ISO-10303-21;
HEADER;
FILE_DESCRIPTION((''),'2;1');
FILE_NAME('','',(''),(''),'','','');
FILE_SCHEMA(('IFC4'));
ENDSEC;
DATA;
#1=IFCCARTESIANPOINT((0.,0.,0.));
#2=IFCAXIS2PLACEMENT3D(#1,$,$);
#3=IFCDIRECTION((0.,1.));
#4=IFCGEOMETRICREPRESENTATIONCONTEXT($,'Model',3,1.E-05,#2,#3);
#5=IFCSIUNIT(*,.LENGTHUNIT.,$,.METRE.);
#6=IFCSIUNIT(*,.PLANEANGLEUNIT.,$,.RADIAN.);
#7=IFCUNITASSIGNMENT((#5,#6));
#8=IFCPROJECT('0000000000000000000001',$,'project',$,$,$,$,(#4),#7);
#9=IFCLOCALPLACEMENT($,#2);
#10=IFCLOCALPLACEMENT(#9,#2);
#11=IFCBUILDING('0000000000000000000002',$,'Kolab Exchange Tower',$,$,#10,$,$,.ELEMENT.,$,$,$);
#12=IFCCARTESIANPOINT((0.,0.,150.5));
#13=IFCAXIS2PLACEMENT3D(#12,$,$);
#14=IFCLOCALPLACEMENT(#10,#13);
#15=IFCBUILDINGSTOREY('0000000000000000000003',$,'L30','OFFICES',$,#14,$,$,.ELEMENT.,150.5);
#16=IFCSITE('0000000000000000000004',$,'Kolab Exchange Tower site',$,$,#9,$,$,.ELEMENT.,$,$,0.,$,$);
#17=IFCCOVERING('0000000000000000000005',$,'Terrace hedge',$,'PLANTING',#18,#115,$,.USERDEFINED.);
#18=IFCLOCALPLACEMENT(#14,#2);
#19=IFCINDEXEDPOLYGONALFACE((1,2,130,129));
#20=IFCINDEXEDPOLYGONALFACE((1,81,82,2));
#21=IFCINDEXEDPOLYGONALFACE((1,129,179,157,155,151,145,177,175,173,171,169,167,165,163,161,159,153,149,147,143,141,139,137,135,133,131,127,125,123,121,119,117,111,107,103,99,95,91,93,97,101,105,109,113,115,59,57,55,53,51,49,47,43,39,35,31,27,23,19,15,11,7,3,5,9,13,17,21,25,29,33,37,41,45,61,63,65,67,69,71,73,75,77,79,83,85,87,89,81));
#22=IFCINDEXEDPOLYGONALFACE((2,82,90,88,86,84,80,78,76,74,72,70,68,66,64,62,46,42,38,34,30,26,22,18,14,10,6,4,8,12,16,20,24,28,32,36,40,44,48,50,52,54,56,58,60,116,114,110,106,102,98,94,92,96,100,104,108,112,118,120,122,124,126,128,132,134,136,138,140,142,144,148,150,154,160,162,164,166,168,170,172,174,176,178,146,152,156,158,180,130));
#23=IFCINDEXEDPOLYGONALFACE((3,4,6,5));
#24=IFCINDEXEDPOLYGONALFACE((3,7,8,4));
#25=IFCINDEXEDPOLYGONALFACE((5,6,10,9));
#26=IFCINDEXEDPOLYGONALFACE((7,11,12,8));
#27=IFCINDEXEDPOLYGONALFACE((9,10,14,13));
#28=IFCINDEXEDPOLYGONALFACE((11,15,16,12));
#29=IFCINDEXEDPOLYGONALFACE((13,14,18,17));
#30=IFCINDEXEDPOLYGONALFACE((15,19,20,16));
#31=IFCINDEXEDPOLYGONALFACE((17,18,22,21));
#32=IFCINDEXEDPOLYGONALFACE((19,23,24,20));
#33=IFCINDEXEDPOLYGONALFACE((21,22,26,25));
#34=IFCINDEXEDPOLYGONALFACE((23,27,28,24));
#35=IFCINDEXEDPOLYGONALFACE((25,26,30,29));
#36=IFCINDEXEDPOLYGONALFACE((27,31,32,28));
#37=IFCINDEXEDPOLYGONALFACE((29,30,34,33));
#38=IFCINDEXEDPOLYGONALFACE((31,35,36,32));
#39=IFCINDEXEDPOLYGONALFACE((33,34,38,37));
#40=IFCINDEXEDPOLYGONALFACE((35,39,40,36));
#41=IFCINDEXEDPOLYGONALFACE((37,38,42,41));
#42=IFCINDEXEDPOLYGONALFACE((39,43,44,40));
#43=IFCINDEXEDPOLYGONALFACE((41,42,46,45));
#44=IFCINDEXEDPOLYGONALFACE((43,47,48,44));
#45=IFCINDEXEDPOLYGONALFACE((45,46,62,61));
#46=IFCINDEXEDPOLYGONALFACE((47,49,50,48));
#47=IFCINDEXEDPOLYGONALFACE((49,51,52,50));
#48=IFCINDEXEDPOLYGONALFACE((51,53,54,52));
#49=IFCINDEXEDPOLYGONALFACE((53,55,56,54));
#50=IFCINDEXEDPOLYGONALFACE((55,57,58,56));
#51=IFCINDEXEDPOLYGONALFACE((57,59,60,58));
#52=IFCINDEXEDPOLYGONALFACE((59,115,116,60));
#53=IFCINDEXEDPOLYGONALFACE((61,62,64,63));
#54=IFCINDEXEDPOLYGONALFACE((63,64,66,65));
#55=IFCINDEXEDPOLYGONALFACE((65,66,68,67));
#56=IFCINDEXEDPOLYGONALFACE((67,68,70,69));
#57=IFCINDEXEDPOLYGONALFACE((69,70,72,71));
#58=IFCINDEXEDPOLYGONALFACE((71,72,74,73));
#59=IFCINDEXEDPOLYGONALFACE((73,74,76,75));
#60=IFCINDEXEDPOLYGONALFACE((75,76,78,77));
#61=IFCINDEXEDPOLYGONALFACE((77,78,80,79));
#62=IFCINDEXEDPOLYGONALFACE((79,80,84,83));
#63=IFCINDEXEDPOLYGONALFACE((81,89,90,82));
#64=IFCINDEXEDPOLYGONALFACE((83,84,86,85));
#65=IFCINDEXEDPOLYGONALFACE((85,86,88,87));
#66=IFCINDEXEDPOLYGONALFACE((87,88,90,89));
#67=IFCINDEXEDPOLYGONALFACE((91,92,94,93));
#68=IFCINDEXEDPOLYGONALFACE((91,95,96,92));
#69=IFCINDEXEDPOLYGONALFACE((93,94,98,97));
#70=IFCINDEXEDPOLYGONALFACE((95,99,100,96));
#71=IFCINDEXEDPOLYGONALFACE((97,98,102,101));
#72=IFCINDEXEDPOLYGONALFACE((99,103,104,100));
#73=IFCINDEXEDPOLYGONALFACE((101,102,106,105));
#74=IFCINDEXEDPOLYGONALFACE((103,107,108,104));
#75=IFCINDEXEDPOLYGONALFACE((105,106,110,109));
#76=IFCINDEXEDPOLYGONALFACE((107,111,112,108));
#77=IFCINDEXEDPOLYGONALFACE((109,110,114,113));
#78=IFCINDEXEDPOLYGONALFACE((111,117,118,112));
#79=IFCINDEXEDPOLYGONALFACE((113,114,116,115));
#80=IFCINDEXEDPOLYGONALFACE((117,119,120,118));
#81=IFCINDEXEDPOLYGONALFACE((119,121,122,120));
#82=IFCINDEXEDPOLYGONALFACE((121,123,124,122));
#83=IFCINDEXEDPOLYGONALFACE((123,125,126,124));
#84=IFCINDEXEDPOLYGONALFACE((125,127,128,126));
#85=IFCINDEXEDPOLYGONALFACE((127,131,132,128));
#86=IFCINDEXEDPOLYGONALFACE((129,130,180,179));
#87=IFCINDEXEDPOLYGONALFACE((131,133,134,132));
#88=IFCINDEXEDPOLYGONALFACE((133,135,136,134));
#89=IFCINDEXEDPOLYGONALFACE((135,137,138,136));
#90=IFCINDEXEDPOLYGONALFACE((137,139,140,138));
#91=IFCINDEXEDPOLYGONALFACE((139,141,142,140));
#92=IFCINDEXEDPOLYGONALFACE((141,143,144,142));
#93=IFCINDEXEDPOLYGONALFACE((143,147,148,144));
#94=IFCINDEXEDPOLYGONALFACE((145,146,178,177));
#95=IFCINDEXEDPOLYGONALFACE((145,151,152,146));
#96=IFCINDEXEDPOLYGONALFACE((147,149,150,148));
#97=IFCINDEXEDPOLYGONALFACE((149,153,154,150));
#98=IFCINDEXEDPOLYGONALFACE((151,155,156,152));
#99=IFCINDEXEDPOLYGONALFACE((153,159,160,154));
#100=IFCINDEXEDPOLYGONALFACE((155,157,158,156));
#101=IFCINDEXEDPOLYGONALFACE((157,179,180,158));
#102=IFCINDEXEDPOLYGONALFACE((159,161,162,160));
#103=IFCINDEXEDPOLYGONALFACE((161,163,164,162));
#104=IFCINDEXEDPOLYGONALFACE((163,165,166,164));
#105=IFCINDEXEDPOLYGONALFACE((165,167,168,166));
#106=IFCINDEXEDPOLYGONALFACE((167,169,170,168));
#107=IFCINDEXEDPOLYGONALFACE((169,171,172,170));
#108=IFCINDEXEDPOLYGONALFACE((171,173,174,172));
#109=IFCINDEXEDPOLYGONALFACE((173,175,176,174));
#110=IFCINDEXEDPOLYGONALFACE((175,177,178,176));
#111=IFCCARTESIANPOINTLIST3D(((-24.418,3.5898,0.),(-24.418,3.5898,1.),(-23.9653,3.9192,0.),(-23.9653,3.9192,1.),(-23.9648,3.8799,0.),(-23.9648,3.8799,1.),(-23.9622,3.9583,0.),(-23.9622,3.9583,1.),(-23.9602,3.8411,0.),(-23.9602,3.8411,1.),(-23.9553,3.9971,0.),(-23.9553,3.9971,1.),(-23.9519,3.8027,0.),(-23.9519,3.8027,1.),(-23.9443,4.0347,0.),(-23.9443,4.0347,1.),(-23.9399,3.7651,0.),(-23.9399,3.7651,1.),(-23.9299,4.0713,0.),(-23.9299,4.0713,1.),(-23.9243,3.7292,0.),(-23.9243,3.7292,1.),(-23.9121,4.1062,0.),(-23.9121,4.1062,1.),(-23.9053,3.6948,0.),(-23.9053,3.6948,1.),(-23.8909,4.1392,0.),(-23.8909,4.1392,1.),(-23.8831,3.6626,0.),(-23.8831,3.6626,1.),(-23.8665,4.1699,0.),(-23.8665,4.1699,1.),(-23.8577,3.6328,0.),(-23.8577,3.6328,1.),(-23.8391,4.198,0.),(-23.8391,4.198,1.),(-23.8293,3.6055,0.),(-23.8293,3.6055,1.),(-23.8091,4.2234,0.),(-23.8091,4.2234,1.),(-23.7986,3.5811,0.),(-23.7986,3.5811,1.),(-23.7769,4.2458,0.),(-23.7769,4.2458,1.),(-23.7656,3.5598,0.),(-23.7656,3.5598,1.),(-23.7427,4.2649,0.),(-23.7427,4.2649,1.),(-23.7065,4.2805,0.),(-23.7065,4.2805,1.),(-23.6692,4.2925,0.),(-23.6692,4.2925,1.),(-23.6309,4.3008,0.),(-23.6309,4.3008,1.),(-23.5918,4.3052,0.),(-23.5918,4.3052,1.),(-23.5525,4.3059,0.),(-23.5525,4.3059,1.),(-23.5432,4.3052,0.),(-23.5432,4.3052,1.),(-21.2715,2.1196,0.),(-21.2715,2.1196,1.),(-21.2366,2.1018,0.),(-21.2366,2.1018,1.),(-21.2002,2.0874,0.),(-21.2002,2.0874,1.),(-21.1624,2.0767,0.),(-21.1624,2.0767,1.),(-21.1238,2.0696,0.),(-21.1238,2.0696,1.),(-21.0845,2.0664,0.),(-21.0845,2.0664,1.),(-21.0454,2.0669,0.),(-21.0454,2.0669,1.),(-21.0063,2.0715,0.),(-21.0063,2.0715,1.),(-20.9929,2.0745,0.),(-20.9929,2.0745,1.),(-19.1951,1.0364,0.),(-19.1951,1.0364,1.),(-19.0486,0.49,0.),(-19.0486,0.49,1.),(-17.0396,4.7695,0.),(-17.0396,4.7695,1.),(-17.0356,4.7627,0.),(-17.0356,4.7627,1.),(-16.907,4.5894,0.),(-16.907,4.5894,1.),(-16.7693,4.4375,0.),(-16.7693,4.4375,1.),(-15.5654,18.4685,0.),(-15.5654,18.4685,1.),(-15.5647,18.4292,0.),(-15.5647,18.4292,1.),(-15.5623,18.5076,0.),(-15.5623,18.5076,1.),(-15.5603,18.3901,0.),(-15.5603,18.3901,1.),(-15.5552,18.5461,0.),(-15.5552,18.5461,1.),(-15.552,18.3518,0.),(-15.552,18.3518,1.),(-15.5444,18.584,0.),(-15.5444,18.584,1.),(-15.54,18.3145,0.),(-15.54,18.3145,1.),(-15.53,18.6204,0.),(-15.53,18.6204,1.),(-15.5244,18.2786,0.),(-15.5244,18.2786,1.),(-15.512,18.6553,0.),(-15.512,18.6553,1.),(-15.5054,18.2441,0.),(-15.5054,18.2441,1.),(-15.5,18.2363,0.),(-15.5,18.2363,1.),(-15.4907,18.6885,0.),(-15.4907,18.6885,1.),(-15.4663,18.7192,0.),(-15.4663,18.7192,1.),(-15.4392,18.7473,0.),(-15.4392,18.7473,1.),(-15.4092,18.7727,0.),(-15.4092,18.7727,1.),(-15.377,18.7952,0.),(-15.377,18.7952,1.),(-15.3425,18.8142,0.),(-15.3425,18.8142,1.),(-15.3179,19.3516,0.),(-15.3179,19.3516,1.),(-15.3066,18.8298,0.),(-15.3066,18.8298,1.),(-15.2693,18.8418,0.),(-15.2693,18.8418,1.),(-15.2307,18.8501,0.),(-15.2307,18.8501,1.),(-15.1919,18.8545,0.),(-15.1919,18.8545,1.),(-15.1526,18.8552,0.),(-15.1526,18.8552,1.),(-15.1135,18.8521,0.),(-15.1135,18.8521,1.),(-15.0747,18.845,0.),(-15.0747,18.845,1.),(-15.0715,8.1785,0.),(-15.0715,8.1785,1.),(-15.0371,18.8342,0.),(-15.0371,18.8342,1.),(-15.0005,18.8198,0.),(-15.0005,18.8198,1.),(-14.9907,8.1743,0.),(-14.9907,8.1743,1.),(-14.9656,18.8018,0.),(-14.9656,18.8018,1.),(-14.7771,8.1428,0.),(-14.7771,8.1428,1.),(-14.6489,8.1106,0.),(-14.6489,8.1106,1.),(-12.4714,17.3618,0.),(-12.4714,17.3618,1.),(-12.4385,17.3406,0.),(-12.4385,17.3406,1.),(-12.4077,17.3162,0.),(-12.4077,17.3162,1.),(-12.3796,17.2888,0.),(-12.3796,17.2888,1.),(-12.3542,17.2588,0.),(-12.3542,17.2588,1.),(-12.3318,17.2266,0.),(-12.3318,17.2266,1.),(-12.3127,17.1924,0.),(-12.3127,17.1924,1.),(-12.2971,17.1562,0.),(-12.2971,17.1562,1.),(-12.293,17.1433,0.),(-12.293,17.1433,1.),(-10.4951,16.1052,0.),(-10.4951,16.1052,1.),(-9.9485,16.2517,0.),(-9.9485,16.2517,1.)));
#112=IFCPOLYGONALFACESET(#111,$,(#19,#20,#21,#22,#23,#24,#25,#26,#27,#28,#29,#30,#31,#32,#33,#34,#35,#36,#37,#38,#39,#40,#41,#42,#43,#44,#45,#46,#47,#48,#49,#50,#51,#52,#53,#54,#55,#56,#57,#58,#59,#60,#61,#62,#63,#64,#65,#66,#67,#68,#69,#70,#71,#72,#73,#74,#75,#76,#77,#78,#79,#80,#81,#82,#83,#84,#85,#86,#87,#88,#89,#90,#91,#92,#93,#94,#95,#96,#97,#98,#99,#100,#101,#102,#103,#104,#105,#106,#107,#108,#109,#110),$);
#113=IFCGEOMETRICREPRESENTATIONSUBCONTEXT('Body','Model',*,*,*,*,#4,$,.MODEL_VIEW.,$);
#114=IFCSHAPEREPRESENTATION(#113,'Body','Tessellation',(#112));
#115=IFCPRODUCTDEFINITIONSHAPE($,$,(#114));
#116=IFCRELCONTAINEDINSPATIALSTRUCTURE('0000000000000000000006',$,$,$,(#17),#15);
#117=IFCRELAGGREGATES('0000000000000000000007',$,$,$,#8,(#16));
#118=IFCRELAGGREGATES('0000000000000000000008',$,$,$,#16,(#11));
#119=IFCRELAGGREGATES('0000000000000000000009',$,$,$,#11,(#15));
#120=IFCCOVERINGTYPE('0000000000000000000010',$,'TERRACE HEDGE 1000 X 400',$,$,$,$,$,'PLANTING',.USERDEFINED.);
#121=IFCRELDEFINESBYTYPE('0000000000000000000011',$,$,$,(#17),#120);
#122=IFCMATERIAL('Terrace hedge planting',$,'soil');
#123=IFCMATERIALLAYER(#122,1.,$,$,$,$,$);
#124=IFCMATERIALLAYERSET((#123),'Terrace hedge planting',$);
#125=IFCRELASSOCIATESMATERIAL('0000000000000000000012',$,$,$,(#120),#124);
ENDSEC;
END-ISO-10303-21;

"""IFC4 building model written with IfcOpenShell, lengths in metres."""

from ifc_helpers import new_model, si_unit, direction, frame, origin, place, context, subcontext, project, spatial, polyline, outline, extrude, material, layer, layer_set, type_object, element, save


model = new_model("IFC4")

# Units and contexts
model_context = context("Model", 3, precision=1e-05, world=origin(), true_north=direction((0.0, 1.0)))
body_context = subcontext(model_context, "Body", "Model", "MODEL_VIEW")
ifc_project = project(units=[si_unit("LENGTHUNIT", "METRE"), si_unit("PLANEANGLEUNIT", "RADIAN")], contexts=[model_context])

# Site, building, storey
site_placement = place(None, origin())
site = spatial("IfcSite", under=ifc_project, at=site_placement, Name="Kolab Exchange Tower site", CompositionType="ELEMENT", RefElevation=0.0)
building_placement = place(site_placement, origin())
building = spatial("IfcBuilding", under=site, at=building_placement, Name="Kolab Exchange Tower", CompositionType="ELEMENT")
storey_placement = place(building_placement, frame((0.0, 0.0, 150.5)))
storey = spatial("IfcBuildingStorey", under=building, at=storey_placement, Name="L30", Description="OFFICES", CompositionType="ELEMENT", Elevation=150.5)

# Covering
ifc_material_1 = material(Name="Terrace hedge planting", Category="soil")
ifc_layer_1 = layer(ifc_material_1, 1.0)
ifc_layer_set_1 = layer_set([ifc_layer_1], Name="Terrace hedge planting")
covering_type_1 = type_object("IfcCoveringType", Name="TERRACE HEDGE 1000 X 400", ElementType="PLANTING", PredefinedType="USERDEFINED", material=ifc_layer_set_1)
covering_1_placement = place(storey_placement, origin())
element("IfcCovering", 1, at=covering_1_placement, inside=storey, type_object=covering_type_1, Name="Terrace hedge", ObjectType="PLANTING", PredefinedType="USERDEFINED", context=body_context, shape_type="SweptSolid", body=[
    extrude(outline(polyline([(-15.3179, 19.3516), (-9.9485, 16.2517), (-14.6489, 8.1106), (-14.7771, 8.1428), (-14.9907, 8.1743), (-15.0715, 8.1785), (-10.4951, 16.1052), (-12.293, 17.1433), (-12.2971, 17.1562), (-12.3127, 17.1924), (-12.3318, 17.2266), (-12.3542, 17.2588), (-12.3796, 17.2888), (-12.4077, 17.3162), (-12.4385, 17.3406), (-12.4714, 17.3618), (-14.9656, 18.8018), (-15.0005, 18.8198), (-15.0371, 18.8342), (-15.0747, 18.845), (-15.1135, 18.8521), (-15.1526, 18.8552), (-15.1919, 18.8545), (-15.2307, 18.8501), (-15.2693, 18.8418), (-15.3066, 18.8298), (-15.3425, 18.8142), (-15.377, 18.7952), (-15.4092, 18.7727), (-15.4392, 18.7473), (-15.4663, 18.7192), (-15.4907, 18.6885), (-15.512, 18.6553), (-15.53, 18.6204), (-15.5444, 18.584), (-15.5552, 18.5461), (-15.5623, 18.5076), (-15.5654, 18.4685), (-15.5647, 18.4292), (-15.5603, 18.3901), (-15.552, 18.3518), (-15.54, 18.3145), (-15.5244, 18.2786), (-15.5054, 18.2441), (-15.5, 18.2363), (-23.5432, 4.3052), (-23.5525, 4.3059), (-23.5918, 4.3052), (-23.6309, 4.3008), (-23.6692, 4.2925), (-23.7065, 4.2805), (-23.7427, 4.2649), (-23.7769, 4.2458), (-23.8091, 4.2234), (-23.8391, 4.198), (-23.8665, 4.1699), (-23.8909, 4.1392), (-23.9121, 4.1062), (-23.9299, 4.0713), (-23.9443, 4.0347), (-23.9553, 3.9971), (-23.9622, 3.9583), (-23.9653, 3.9192), (-23.9648, 3.8799), (-23.9602, 3.8411), (-23.9519, 3.8027), (-23.9399, 3.7651), (-23.9243, 3.7292), (-23.9053, 3.6948), (-23.8831, 3.6626), (-23.8577, 3.6328), (-23.8293, 3.6055), (-23.7986, 3.5811), (-23.7656, 3.5598), (-21.2715, 2.1196), (-21.2366, 2.1018), (-21.2002, 2.0874), (-21.1624, 2.0767), (-21.1238, 2.0696), (-21.0845, 2.0664), (-21.0454, 2.0669), (-21.0063, 2.0715), (-20.9929, 2.0745), (-19.1951, 1.0364), (-17.0396, 4.7695), (-17.0356, 4.7627), (-16.907, 4.5894), (-16.7693, 4.4375), (-19.0486, 0.49), (-24.418, 3.5898), (-15.3179, 19.3516)])), origin(), (0.0, 0.0, 1.0), 1.0),
])

save(model, "model.ifc")
